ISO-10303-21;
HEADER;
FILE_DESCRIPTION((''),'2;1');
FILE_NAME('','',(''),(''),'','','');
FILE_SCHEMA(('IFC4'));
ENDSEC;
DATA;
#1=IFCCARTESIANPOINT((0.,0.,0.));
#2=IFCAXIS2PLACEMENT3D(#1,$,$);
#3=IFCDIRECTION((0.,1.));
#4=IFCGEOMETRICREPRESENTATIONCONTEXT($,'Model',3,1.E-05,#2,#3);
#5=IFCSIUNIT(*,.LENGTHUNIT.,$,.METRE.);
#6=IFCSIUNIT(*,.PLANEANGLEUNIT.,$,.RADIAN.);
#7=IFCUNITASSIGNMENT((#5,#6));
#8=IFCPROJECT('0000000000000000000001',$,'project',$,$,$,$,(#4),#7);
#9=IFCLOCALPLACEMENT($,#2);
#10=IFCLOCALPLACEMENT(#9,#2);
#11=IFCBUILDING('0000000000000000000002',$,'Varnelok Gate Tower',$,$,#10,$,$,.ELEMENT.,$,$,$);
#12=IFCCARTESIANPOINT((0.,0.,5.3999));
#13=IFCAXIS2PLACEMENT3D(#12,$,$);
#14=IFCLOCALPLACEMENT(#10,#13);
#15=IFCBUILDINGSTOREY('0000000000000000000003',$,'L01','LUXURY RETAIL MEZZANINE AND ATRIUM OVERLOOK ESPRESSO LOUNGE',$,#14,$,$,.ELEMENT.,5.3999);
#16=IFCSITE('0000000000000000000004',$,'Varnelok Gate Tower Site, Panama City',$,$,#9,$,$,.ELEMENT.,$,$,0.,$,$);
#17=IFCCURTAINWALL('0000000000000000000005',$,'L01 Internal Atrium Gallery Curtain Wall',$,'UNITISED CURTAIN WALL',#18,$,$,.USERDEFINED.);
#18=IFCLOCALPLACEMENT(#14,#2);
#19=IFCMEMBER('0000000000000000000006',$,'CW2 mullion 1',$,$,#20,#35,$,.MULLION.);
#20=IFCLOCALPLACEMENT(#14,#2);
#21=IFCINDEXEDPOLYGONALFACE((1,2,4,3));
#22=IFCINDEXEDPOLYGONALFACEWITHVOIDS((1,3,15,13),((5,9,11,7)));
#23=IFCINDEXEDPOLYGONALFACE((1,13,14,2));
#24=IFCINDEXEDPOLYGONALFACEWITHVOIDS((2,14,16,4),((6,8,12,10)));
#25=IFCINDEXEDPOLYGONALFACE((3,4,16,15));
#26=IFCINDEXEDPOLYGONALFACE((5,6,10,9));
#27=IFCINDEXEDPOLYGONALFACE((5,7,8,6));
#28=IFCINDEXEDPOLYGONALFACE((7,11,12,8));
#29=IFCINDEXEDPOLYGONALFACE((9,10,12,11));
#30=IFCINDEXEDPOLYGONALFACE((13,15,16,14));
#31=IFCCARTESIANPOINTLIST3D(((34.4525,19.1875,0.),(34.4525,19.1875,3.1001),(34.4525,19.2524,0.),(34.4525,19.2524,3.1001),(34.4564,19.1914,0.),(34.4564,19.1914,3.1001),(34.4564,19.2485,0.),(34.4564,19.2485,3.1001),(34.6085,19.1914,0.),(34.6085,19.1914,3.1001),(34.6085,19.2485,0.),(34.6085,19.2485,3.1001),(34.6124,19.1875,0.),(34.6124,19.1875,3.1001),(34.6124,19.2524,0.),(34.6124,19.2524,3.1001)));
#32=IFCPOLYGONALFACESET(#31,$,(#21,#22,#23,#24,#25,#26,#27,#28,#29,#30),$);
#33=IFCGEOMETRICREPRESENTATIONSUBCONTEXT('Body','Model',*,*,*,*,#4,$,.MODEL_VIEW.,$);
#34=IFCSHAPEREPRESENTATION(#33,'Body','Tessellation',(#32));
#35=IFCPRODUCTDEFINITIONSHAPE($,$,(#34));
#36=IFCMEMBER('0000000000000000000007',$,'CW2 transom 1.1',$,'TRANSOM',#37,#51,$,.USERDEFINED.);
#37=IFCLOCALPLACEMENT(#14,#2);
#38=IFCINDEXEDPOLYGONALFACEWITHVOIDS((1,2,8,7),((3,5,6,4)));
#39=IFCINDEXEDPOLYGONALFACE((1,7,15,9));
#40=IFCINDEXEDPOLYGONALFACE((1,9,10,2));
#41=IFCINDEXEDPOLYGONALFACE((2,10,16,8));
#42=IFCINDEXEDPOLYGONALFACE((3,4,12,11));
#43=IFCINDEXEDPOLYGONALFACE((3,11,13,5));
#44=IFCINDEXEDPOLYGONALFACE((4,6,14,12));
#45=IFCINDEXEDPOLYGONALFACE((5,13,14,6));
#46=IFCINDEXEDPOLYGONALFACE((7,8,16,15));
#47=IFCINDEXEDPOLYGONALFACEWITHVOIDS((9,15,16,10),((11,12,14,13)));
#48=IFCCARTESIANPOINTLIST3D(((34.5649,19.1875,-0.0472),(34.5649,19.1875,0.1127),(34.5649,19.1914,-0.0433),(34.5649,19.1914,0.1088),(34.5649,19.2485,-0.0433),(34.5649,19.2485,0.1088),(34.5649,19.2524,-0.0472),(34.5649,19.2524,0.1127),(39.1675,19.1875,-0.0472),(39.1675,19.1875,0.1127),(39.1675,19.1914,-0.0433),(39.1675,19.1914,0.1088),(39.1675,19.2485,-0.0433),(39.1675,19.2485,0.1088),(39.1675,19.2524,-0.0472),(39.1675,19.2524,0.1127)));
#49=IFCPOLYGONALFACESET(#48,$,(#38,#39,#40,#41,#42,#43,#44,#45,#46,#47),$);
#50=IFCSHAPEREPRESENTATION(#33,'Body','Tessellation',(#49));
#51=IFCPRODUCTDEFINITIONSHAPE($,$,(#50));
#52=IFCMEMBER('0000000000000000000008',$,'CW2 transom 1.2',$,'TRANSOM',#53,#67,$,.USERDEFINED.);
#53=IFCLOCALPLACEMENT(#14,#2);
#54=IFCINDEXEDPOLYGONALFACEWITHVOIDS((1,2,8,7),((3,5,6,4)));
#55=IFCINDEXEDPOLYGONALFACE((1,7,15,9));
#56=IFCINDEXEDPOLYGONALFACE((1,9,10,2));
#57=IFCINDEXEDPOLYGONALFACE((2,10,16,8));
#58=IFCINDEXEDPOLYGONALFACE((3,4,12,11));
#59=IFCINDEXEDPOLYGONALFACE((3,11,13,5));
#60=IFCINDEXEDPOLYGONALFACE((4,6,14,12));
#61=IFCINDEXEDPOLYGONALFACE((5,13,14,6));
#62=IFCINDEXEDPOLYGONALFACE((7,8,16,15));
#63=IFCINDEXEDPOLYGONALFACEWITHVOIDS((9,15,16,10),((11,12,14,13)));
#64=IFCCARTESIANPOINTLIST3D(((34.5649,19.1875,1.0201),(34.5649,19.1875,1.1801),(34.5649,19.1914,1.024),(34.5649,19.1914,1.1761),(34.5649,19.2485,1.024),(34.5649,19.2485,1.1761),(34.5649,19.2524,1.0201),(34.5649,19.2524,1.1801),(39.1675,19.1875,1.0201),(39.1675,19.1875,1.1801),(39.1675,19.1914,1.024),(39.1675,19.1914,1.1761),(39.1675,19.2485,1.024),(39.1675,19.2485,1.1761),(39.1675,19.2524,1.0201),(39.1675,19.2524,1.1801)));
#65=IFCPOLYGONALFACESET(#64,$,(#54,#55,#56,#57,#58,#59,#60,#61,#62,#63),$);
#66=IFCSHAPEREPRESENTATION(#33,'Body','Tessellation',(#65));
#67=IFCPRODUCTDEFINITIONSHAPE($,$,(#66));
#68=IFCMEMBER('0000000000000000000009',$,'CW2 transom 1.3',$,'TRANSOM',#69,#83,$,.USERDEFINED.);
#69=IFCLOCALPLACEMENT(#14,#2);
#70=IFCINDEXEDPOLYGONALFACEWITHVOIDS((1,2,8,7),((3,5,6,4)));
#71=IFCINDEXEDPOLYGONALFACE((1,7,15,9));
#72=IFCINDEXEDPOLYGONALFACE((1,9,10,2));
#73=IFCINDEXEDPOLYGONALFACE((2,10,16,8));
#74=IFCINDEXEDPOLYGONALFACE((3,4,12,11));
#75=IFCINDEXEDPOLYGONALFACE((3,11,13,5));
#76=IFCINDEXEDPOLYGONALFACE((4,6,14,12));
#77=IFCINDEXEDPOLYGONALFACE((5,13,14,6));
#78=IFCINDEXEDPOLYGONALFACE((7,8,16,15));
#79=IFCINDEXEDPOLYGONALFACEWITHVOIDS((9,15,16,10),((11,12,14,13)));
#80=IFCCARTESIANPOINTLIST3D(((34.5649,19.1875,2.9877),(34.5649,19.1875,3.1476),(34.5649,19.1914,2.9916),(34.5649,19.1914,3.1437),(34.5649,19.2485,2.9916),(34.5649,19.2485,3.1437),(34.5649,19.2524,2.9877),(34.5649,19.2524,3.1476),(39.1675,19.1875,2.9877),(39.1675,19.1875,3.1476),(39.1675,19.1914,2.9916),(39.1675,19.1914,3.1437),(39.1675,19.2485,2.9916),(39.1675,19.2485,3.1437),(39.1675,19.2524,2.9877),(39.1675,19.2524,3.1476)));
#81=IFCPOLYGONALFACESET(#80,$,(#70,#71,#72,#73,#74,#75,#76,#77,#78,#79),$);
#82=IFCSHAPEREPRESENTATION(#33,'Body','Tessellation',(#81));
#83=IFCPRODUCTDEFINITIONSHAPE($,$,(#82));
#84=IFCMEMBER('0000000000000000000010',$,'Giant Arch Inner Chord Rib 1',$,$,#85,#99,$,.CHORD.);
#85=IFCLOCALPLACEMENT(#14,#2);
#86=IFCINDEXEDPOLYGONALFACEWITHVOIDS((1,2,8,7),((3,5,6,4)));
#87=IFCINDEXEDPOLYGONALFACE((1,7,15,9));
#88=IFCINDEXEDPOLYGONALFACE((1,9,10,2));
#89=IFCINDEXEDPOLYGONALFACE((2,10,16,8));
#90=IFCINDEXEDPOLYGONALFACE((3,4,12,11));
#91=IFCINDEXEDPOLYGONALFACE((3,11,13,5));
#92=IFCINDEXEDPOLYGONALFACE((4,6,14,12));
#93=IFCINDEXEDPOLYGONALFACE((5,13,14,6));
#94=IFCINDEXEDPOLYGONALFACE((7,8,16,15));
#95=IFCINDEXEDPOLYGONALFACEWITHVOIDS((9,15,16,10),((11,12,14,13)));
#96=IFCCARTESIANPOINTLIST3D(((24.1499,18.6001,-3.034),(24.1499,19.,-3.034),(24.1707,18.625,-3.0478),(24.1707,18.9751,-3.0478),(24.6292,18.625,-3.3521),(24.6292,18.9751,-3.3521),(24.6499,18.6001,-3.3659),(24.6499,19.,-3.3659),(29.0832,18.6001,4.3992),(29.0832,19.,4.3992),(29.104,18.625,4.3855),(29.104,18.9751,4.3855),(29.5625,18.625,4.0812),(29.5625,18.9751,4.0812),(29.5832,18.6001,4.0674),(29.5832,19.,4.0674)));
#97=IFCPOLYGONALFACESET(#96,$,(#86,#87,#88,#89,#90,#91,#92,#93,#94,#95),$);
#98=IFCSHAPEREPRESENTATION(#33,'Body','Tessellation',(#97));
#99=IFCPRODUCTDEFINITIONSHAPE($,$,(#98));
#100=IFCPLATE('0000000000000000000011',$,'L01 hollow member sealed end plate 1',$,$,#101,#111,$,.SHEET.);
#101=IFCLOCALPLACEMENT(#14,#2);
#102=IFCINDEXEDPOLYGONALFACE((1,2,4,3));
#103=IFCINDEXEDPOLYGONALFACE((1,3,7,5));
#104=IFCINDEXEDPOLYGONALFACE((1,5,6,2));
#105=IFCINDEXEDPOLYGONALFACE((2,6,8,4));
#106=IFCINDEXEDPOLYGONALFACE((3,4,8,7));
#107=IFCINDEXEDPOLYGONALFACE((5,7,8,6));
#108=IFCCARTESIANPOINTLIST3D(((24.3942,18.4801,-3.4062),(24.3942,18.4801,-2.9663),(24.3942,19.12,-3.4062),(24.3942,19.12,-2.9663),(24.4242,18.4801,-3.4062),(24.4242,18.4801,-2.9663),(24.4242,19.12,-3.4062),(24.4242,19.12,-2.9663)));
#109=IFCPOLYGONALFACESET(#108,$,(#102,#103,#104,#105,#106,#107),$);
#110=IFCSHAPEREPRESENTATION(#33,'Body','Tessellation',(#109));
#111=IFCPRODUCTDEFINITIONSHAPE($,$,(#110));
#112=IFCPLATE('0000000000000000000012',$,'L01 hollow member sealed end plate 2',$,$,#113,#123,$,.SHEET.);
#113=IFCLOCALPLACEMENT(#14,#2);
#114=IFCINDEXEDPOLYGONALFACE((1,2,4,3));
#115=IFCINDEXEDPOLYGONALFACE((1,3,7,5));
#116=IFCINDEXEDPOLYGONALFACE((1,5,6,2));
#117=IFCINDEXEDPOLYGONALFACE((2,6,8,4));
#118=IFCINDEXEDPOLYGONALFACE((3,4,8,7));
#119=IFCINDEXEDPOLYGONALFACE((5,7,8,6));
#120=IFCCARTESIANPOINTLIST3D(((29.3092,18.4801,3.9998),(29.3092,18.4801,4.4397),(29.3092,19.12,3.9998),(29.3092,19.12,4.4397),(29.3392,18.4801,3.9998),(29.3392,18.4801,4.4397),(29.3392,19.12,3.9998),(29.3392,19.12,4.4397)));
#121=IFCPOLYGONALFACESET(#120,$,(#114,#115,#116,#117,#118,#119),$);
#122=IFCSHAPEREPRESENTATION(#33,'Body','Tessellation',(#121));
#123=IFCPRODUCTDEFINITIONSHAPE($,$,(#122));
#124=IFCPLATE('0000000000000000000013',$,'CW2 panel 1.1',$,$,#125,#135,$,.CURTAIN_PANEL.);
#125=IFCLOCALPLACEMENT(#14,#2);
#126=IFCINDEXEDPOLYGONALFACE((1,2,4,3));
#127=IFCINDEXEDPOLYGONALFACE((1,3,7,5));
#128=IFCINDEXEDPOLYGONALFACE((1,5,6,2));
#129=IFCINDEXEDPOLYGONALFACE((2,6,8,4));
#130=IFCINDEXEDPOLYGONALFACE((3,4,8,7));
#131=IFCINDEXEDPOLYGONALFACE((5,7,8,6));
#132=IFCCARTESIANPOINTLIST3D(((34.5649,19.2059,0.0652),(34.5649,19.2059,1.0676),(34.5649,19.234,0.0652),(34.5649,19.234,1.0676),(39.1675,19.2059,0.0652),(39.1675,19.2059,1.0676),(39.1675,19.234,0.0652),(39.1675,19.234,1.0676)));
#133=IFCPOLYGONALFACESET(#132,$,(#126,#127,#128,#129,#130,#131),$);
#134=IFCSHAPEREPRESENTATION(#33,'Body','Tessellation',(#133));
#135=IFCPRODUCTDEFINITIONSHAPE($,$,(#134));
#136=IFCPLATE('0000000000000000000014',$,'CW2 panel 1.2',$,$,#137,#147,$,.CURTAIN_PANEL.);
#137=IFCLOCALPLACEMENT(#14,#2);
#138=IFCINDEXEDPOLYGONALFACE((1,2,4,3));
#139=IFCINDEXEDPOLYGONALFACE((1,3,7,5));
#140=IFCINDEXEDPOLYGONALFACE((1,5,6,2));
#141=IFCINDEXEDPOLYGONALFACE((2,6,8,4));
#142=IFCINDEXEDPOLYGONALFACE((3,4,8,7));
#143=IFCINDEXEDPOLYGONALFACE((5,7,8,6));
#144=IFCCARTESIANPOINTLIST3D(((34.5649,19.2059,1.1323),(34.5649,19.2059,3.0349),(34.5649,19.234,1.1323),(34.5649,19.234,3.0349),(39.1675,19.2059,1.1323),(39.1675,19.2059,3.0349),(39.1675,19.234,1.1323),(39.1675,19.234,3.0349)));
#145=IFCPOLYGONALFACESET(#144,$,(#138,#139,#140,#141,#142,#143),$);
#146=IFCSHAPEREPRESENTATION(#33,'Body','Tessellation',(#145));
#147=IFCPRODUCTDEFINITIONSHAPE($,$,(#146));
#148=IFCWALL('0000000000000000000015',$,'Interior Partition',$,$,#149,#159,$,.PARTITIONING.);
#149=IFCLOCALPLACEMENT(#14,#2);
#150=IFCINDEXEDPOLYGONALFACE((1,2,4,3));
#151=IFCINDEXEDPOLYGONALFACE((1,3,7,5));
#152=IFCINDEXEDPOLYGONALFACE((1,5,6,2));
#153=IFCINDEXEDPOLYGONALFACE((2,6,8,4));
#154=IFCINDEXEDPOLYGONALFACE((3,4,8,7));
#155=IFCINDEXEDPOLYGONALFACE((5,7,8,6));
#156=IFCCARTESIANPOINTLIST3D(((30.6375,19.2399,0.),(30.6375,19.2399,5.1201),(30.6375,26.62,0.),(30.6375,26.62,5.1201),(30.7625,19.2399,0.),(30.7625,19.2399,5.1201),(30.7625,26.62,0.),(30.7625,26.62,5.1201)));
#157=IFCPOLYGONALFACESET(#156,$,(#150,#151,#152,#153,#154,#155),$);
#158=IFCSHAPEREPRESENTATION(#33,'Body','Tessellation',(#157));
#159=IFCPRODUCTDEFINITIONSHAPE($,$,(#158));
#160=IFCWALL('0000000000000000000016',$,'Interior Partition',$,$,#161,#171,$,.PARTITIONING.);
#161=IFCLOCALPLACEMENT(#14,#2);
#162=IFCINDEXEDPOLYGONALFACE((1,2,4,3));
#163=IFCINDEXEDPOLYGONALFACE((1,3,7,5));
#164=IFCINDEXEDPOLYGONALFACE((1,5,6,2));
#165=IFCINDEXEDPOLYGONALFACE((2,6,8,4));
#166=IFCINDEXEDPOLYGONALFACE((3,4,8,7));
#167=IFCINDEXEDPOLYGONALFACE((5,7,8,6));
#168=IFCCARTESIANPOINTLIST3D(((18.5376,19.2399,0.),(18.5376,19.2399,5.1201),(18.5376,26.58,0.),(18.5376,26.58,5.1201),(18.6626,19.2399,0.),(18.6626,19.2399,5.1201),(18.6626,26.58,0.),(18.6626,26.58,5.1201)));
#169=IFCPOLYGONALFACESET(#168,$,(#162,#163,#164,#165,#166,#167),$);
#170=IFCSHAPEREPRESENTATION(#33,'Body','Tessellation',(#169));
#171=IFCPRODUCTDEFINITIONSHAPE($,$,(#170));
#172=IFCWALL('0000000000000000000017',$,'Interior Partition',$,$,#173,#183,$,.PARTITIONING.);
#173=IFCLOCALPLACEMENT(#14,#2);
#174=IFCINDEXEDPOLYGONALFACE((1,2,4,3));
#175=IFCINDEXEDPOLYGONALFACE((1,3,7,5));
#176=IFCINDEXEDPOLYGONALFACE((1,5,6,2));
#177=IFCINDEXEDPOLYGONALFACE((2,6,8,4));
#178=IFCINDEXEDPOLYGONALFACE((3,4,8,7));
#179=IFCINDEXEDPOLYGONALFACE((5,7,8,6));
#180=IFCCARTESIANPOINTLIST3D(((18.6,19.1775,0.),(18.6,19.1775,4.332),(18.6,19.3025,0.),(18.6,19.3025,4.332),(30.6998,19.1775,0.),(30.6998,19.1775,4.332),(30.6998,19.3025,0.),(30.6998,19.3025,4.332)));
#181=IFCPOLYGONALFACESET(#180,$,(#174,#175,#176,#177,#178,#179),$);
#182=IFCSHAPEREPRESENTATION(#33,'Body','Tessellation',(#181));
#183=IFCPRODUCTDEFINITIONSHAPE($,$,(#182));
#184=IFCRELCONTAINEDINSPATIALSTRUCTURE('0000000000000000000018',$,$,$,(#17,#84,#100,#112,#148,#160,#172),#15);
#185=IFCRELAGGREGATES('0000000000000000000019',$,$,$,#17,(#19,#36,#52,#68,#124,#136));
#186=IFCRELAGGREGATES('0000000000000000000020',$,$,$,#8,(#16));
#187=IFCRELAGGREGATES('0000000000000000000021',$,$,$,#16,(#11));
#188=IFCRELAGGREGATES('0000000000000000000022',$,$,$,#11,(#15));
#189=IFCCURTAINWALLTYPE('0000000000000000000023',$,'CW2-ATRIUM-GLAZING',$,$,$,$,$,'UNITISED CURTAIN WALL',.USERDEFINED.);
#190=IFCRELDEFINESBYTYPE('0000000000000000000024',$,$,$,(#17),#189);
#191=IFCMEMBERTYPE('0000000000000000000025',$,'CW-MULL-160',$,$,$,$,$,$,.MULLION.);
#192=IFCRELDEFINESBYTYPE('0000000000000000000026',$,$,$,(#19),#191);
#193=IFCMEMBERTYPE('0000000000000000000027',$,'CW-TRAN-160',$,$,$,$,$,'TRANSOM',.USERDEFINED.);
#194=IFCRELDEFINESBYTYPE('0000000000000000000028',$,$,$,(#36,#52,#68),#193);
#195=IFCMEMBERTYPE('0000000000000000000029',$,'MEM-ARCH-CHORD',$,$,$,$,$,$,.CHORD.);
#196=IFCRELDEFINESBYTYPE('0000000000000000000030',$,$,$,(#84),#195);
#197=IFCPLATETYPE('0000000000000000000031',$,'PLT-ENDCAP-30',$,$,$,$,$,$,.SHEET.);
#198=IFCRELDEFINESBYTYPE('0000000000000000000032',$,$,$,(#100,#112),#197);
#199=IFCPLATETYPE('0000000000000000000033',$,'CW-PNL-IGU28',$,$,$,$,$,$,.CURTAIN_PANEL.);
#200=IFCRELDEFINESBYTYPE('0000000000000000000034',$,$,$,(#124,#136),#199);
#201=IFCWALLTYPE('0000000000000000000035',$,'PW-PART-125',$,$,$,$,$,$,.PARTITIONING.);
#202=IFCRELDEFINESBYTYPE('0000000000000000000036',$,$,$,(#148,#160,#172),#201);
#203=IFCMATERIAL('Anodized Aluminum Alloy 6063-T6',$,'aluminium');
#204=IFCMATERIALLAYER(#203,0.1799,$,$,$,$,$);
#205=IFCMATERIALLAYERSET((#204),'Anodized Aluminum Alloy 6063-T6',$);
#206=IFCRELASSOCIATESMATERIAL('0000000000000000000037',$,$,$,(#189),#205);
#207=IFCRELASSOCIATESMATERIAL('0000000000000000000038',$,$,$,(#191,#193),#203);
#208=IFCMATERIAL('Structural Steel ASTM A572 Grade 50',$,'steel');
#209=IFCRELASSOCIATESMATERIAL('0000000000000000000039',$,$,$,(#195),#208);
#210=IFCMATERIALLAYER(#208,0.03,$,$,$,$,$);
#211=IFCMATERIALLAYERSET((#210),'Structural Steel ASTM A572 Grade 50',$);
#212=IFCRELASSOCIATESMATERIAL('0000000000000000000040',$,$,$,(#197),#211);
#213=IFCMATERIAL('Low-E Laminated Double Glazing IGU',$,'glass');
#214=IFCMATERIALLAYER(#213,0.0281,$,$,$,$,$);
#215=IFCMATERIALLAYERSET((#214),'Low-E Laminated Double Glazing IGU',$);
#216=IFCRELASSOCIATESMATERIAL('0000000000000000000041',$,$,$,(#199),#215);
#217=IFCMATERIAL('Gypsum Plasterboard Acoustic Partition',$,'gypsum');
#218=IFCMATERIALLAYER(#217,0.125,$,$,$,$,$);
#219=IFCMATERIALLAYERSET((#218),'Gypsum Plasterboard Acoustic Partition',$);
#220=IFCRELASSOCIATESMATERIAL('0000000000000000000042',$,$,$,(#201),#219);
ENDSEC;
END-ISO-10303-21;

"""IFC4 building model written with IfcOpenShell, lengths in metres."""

from ifc_helpers import new_model, si_unit, direction, frame, frame_2d, origin, origin_2d, place, context, subcontext, project, spatial, rectangle, hollow_rectangle, extrude, source, transform, mapped, material, layer, layer_set, material_profile, profile_set, type_object, element, aggregate, save


model = new_model("IFC4")

# Units and contexts
model_context = context("Model", 3, precision=1e-05, world=origin(), true_north=direction((0.0, 1.0)))
body_context = subcontext(model_context, "Body", "Model", "MODEL_VIEW")
ifc_project = project(units=[si_unit("LENGTHUNIT", "METRE"), si_unit("PLANEANGLEUNIT", "RADIAN")], contexts=[model_context])

# Site, building, storey
site_placement = place(None, origin())
site = spatial("IfcSite", under=ifc_project, at=site_placement, Name="Varnelok Gate Tower Site, Panama City", CompositionType="ELEMENT", RefElevation=0.0)
building_placement = place(site_placement, origin())
building = spatial("IfcBuilding", under=site, at=building_placement, Name="Varnelok Gate Tower", CompositionType="ELEMENT")
storey_placement = place(building_placement, frame((0.0, 0.0, 5.3999)))
storey = spatial("IfcBuildingStorey", under=building, at=storey_placement, Name="L01", Description="LUXURY RETAIL MEZZANINE AND ATRIUM OVERLOOK ESPRESSO LOUNGE", CompositionType="ELEMENT", Elevation=5.3999)

# Curtain wall, members
ifc_material_1 = material(Name="Anodized Aluminum Alloy 6063-T6", Category="aluminium")
ifc_layer_1 = layer(ifc_material_1, 0.1799)
ifc_layer_set_1 = layer_set([ifc_layer_1], Name="Anodized Aluminum Alloy 6063-T6")
curtain_wall_type = type_object("IfcCurtainWallType", Name="CW2-ATRIUM-GLAZING", ElementType="UNITISED CURTAIN WALL", PredefinedType="USERDEFINED", material=ifc_layer_set_1)
curtain_wall_placement = place(storey_placement, origin())
curtain_wall = element("IfcCurtainWall", 1, at=curtain_wall_placement, inside=storey, type_object=curtain_wall_type, Name="L01 Internal Atrium Gallery Curtain Wall", ObjectType="UNITISED CURTAIN WALL", PredefinedType="USERDEFINED")
ifc_material_profile_1 = material_profile(ifc_material_1, hollow_rectangle(XDim=0.0649, YDim=0.1599, WallThickness=0.0039, at=origin_2d()), Name="ALU160X65X4")
ifc_profile_set_1 = profile_set([ifc_material_profile_1], Name="Anodized Aluminum Alloy 6063-T6")
member_type_1 = type_object("IfcMemberType", Name="CW-MULL-160", PredefinedType="MULLION", material=ifc_profile_set_1)
member_1_placement = place(storey_placement, frame((34.5325, 19.22, 0.0), z_axis=(0.0, 0.0, 1.0), x_axis=(0.0, 1.0, 0.0)))
member_1 = element("IfcMember", 2, at=member_1_placement, type_object=member_type_1, Name="CW2 mullion 1", PredefinedType="MULLION", context=body_context, shape_type="SweptSolid", body=[
    extrude(hollow_rectangle(XDim=0.0649, YDim=0.1599, WallThickness=0.0039, at=origin_2d()), origin(), (0.0, 0.0, 1.0), 3.1001),
])
ifc_material_profile_2 = material_profile(ifc_material_1, hollow_rectangle(XDim=0.0649, YDim=0.1599, WallThickness=0.0039, at=origin_2d()), Name="ALU160X65X4")
ifc_profile_set_2 = profile_set([ifc_material_profile_2], Name="Anodized Aluminum Alloy 6063-T6")
member_type_2 = type_object("IfcMemberType", Name="CW-TRAN-160", ElementType="TRANSOM", PredefinedType="USERDEFINED", material=ifc_profile_set_2)
member_2_placement = place(storey_placement, frame((34.5649, 19.22, 0.0327), z_axis=(1.0, 0.0, 0.0), x_axis=(0.0, 1.0, 0.0)))
member_2 = element("IfcMember", 3, at=member_2_placement, type_object=member_type_2, Name="CW2 transom 1.1", ObjectType="TRANSOM", PredefinedType="USERDEFINED", context=body_context, shape_type="SweptSolid", body=[
    extrude(hollow_rectangle(XDim=0.0649, YDim=0.1599, WallThickness=0.0039, at=origin_2d()), origin(), (0.0, 0.0, 1.0), 4.6025),
])
member_3_placement = place(storey_placement, frame((34.5649, 19.22, 1.1001), z_axis=(1.0, 0.0, 0.0), x_axis=(0.0, 1.0, 0.0)))
member_3 = element("IfcMember", 4, at=member_3_placement, type_object=member_type_2, Name="CW2 transom 1.2", ObjectType="TRANSOM", PredefinedType="USERDEFINED", context=body_context, shape_type="SweptSolid", body=[
    extrude(hollow_rectangle(XDim=0.0649, YDim=0.1599, WallThickness=0.0039, at=origin_2d()), origin(), (0.0, 0.0, 1.0), 4.6025),
])
member_4_placement = place(storey_placement, frame((34.5649, 19.22, 3.0676), z_axis=(1.0, 0.0, 0.0), x_axis=(0.0, 1.0, 0.0)))
member_4 = element("IfcMember", 5, at=member_4_placement, type_object=member_type_2, Name="CW2 transom 1.3", ObjectType="TRANSOM", PredefinedType="USERDEFINED", context=body_context, shape_type="SweptSolid", body=[
    extrude(hollow_rectangle(XDim=0.0649, YDim=0.1599, WallThickness=0.0039, at=origin_2d()), origin(), (0.0, 0.0, 1.0), 4.6025),
])

# Member
ifc_material_2 = material(Name="Structural Steel ASTM A572 Grade 50", Category="steel")
ifc_material_profile_3 = material_profile(ifc_material_2, hollow_rectangle(XDim=0.3999, YDim=0.6001, WallThickness=0.0249, at=origin_2d()), Name="HSS600X400X25")
ifc_profile_set_3 = profile_set([ifc_material_profile_3], Name="Structural Steel ASTM A572 Grade 50")
member_type_3 = type_object("IfcMemberType", Name="MEM-ARCH-CHORD", PredefinedType="CHORD", material=ifc_profile_set_3)
member_5_placement = place(storey_placement, frame((24.3999, 18.8, -3.2), z_axis=(0.552975, 0.0, 0.833198), x_axis=(0.0, 1.0, 0.0)))
element("IfcMember", 6, at=member_5_placement, inside=storey, type_object=member_type_3, Name="Giant Arch Inner Chord Rib 1", PredefinedType="CHORD", context=body_context, shape_type="SweptSolid", body=[
    extrude(hollow_rectangle(XDim=0.3999, YDim=0.6001, WallThickness=0.0249, at=origin_2d()), origin(), (0.0, 0.0, 1.0), 8.9214),
])

# Plates
ifc_layer_2 = layer(ifc_material_2, 0.03)
ifc_layer_set_2 = layer_set([ifc_layer_2], Name="Structural Steel ASTM A572 Grade 50")
plate_type_1 = type_object("IfcPlateType", Name="PLT-ENDCAP-30", PredefinedType="SHEET", material=ifc_layer_set_2)
shared_shape_1 = source(origin(), body_context, "Body", "SweptSolid", [
    extrude(rectangle(XDim=0.03, YDim=0.6399, at=origin_2d()), origin(), (0.0, 0.0, 1.0), 0.4399),
])
for number, where, z_axis, x_axis, name in (
    (7, (24.4092, 18.8, -3.4062), (0.0, 0.0, 1.0), (1.0, 0.0, 0.0), "L01 hollow member sealed end plate 1"),
    (8, (29.3242, 18.8, 3.9998), (0.0, 0.0, 1.0), (1.0, 0.0, 0.0), "L01 hollow member sealed end plate 2"),
):
    element("IfcPlate", number, at=place(storey_placement, frame(where, z_axis=z_axis, x_axis=x_axis)), inside=storey, type_object=plate_type_1, Name=name, PredefinedType="SHEET", context=body_context, shape_type="MappedRepresentation", body=[
        mapped(shared_shape_1, transform((0.0, 0.0, 0.0), scale=1.0)),
    ])

# Plates
ifc_material_3 = material(Name="Low-E Laminated Double Glazing IGU", Category="glass")
ifc_layer_3 = layer(ifc_material_3, 0.0281)
ifc_layer_set_3 = layer_set([ifc_layer_3], Name="Low-E Laminated Double Glazing IGU")
plate_type_2 = type_object("IfcPlateType", Name="CW-PNL-IGU28", PredefinedType="CURTAIN_PANEL", material=ifc_layer_set_3)
shared_shape_2 = source(origin(), body_context, "Body", "SweptSolid", [
    extrude(rectangle(XDim=4.6025, YDim=0.0281, at=origin_2d()), origin(), (0.0, 0.0, 1.0), 1.0024),
])
plate_1_placement = place(storey_placement, frame((36.8662, 19.22, 0.0652), z_axis=(0.0, 0.0, 1.0), x_axis=(1.0, 0.0, 0.0)))
plate_1 = element("IfcPlate", 9, at=plate_1_placement, type_object=plate_type_2, Name="CW2 panel 1.1", PredefinedType="CURTAIN_PANEL", context=body_context, shape_type="MappedRepresentation", body=[
    mapped(shared_shape_2, transform((0.0, 0.0, 0.0), scale=1.0)),
])
shared_shape_3 = source(origin(), body_context, "Body", "SweptSolid", [
    extrude(rectangle(XDim=4.6025, YDim=0.0281, at=origin_2d()), origin(), (0.0, 0.0, 1.0), 1.9026),
])
plate_2_placement = place(storey_placement, frame((36.8662, 19.22, 1.1323), z_axis=(0.0, 0.0, 1.0), x_axis=(1.0, 0.0, 0.0)))
plate_2 = element("IfcPlate", 10, at=plate_2_placement, type_object=plate_type_2, Name="CW2 panel 1.2", PredefinedType="CURTAIN_PANEL", context=body_context, shape_type="MappedRepresentation", body=[
    mapped(shared_shape_3, transform((0.0, 0.0, 0.0), scale=1.0)),
])
aggregate(curtain_wall, [member_1, member_2, member_3, member_4, plate_1, plate_2])

# Walls
ifc_material_4 = material(Name="Gypsum Plasterboard Acoustic Partition", Category="gypsum")
ifc_layer_4 = layer(ifc_material_4, 0.125)
ifc_layer_set_4 = layer_set([ifc_layer_4], Name="Gypsum Plasterboard Acoustic Partition")
wall_type = type_object("IfcWallType", Name="PW-PART-125", PredefinedType="PARTITIONING", material=ifc_layer_set_4)
wall_1_placement = place(storey_placement, frame((30.7, 19.24, 0.0), z_axis=(0.0, 0.0, 1.0), x_axis=(0.0, 1.0, 0.0)))
element("IfcWall", 11, at=wall_1_placement, inside=storey, type_object=wall_type, Name="Interior Partition", PredefinedType="PARTITIONING", context=body_context, shape_type="SweptSolid", body=[
    extrude(rectangle(XDim=7.3801, YDim=0.125, at=frame_2d((3.6899, 0.0))), origin(), (0.0, 0.0, 1.0), 5.1201),
])
wall_2_placement = place(storey_placement, frame((18.6001, 19.24, 0.0), z_axis=(0.0, 0.0, 1.0), x_axis=(0.0, 1.0, 0.0)))
element("IfcWall", 12, at=wall_2_placement, inside=storey, type_object=wall_type, Name="Interior Partition", PredefinedType="PARTITIONING", context=body_context, shape_type="SweptSolid", body=[
    extrude(rectangle(XDim=7.3401, YDim=0.125, at=frame_2d((3.6699, 0.0))), origin(), (0.0, 0.0, 1.0), 5.1201),
])
wall_3_placement = place(storey_placement, frame((18.6001, 19.24, 0.0), z_axis=(0.0, 0.0, 1.0), x_axis=(1.0, 0.0, 0.0)))
element("IfcWall", 13, at=wall_3_placement, inside=storey, type_object=wall_type, Name="Interior Partition", PredefinedType="PARTITIONING", context=body_context, shape_type="SweptSolid", body=[
    extrude(rectangle(XDim=12.0999, YDim=0.125, at=frame_2d((6.0498, 0.0))), origin(), (0.0, 0.0, 1.0), 4.332),
])

save(model, "model.ifc")
